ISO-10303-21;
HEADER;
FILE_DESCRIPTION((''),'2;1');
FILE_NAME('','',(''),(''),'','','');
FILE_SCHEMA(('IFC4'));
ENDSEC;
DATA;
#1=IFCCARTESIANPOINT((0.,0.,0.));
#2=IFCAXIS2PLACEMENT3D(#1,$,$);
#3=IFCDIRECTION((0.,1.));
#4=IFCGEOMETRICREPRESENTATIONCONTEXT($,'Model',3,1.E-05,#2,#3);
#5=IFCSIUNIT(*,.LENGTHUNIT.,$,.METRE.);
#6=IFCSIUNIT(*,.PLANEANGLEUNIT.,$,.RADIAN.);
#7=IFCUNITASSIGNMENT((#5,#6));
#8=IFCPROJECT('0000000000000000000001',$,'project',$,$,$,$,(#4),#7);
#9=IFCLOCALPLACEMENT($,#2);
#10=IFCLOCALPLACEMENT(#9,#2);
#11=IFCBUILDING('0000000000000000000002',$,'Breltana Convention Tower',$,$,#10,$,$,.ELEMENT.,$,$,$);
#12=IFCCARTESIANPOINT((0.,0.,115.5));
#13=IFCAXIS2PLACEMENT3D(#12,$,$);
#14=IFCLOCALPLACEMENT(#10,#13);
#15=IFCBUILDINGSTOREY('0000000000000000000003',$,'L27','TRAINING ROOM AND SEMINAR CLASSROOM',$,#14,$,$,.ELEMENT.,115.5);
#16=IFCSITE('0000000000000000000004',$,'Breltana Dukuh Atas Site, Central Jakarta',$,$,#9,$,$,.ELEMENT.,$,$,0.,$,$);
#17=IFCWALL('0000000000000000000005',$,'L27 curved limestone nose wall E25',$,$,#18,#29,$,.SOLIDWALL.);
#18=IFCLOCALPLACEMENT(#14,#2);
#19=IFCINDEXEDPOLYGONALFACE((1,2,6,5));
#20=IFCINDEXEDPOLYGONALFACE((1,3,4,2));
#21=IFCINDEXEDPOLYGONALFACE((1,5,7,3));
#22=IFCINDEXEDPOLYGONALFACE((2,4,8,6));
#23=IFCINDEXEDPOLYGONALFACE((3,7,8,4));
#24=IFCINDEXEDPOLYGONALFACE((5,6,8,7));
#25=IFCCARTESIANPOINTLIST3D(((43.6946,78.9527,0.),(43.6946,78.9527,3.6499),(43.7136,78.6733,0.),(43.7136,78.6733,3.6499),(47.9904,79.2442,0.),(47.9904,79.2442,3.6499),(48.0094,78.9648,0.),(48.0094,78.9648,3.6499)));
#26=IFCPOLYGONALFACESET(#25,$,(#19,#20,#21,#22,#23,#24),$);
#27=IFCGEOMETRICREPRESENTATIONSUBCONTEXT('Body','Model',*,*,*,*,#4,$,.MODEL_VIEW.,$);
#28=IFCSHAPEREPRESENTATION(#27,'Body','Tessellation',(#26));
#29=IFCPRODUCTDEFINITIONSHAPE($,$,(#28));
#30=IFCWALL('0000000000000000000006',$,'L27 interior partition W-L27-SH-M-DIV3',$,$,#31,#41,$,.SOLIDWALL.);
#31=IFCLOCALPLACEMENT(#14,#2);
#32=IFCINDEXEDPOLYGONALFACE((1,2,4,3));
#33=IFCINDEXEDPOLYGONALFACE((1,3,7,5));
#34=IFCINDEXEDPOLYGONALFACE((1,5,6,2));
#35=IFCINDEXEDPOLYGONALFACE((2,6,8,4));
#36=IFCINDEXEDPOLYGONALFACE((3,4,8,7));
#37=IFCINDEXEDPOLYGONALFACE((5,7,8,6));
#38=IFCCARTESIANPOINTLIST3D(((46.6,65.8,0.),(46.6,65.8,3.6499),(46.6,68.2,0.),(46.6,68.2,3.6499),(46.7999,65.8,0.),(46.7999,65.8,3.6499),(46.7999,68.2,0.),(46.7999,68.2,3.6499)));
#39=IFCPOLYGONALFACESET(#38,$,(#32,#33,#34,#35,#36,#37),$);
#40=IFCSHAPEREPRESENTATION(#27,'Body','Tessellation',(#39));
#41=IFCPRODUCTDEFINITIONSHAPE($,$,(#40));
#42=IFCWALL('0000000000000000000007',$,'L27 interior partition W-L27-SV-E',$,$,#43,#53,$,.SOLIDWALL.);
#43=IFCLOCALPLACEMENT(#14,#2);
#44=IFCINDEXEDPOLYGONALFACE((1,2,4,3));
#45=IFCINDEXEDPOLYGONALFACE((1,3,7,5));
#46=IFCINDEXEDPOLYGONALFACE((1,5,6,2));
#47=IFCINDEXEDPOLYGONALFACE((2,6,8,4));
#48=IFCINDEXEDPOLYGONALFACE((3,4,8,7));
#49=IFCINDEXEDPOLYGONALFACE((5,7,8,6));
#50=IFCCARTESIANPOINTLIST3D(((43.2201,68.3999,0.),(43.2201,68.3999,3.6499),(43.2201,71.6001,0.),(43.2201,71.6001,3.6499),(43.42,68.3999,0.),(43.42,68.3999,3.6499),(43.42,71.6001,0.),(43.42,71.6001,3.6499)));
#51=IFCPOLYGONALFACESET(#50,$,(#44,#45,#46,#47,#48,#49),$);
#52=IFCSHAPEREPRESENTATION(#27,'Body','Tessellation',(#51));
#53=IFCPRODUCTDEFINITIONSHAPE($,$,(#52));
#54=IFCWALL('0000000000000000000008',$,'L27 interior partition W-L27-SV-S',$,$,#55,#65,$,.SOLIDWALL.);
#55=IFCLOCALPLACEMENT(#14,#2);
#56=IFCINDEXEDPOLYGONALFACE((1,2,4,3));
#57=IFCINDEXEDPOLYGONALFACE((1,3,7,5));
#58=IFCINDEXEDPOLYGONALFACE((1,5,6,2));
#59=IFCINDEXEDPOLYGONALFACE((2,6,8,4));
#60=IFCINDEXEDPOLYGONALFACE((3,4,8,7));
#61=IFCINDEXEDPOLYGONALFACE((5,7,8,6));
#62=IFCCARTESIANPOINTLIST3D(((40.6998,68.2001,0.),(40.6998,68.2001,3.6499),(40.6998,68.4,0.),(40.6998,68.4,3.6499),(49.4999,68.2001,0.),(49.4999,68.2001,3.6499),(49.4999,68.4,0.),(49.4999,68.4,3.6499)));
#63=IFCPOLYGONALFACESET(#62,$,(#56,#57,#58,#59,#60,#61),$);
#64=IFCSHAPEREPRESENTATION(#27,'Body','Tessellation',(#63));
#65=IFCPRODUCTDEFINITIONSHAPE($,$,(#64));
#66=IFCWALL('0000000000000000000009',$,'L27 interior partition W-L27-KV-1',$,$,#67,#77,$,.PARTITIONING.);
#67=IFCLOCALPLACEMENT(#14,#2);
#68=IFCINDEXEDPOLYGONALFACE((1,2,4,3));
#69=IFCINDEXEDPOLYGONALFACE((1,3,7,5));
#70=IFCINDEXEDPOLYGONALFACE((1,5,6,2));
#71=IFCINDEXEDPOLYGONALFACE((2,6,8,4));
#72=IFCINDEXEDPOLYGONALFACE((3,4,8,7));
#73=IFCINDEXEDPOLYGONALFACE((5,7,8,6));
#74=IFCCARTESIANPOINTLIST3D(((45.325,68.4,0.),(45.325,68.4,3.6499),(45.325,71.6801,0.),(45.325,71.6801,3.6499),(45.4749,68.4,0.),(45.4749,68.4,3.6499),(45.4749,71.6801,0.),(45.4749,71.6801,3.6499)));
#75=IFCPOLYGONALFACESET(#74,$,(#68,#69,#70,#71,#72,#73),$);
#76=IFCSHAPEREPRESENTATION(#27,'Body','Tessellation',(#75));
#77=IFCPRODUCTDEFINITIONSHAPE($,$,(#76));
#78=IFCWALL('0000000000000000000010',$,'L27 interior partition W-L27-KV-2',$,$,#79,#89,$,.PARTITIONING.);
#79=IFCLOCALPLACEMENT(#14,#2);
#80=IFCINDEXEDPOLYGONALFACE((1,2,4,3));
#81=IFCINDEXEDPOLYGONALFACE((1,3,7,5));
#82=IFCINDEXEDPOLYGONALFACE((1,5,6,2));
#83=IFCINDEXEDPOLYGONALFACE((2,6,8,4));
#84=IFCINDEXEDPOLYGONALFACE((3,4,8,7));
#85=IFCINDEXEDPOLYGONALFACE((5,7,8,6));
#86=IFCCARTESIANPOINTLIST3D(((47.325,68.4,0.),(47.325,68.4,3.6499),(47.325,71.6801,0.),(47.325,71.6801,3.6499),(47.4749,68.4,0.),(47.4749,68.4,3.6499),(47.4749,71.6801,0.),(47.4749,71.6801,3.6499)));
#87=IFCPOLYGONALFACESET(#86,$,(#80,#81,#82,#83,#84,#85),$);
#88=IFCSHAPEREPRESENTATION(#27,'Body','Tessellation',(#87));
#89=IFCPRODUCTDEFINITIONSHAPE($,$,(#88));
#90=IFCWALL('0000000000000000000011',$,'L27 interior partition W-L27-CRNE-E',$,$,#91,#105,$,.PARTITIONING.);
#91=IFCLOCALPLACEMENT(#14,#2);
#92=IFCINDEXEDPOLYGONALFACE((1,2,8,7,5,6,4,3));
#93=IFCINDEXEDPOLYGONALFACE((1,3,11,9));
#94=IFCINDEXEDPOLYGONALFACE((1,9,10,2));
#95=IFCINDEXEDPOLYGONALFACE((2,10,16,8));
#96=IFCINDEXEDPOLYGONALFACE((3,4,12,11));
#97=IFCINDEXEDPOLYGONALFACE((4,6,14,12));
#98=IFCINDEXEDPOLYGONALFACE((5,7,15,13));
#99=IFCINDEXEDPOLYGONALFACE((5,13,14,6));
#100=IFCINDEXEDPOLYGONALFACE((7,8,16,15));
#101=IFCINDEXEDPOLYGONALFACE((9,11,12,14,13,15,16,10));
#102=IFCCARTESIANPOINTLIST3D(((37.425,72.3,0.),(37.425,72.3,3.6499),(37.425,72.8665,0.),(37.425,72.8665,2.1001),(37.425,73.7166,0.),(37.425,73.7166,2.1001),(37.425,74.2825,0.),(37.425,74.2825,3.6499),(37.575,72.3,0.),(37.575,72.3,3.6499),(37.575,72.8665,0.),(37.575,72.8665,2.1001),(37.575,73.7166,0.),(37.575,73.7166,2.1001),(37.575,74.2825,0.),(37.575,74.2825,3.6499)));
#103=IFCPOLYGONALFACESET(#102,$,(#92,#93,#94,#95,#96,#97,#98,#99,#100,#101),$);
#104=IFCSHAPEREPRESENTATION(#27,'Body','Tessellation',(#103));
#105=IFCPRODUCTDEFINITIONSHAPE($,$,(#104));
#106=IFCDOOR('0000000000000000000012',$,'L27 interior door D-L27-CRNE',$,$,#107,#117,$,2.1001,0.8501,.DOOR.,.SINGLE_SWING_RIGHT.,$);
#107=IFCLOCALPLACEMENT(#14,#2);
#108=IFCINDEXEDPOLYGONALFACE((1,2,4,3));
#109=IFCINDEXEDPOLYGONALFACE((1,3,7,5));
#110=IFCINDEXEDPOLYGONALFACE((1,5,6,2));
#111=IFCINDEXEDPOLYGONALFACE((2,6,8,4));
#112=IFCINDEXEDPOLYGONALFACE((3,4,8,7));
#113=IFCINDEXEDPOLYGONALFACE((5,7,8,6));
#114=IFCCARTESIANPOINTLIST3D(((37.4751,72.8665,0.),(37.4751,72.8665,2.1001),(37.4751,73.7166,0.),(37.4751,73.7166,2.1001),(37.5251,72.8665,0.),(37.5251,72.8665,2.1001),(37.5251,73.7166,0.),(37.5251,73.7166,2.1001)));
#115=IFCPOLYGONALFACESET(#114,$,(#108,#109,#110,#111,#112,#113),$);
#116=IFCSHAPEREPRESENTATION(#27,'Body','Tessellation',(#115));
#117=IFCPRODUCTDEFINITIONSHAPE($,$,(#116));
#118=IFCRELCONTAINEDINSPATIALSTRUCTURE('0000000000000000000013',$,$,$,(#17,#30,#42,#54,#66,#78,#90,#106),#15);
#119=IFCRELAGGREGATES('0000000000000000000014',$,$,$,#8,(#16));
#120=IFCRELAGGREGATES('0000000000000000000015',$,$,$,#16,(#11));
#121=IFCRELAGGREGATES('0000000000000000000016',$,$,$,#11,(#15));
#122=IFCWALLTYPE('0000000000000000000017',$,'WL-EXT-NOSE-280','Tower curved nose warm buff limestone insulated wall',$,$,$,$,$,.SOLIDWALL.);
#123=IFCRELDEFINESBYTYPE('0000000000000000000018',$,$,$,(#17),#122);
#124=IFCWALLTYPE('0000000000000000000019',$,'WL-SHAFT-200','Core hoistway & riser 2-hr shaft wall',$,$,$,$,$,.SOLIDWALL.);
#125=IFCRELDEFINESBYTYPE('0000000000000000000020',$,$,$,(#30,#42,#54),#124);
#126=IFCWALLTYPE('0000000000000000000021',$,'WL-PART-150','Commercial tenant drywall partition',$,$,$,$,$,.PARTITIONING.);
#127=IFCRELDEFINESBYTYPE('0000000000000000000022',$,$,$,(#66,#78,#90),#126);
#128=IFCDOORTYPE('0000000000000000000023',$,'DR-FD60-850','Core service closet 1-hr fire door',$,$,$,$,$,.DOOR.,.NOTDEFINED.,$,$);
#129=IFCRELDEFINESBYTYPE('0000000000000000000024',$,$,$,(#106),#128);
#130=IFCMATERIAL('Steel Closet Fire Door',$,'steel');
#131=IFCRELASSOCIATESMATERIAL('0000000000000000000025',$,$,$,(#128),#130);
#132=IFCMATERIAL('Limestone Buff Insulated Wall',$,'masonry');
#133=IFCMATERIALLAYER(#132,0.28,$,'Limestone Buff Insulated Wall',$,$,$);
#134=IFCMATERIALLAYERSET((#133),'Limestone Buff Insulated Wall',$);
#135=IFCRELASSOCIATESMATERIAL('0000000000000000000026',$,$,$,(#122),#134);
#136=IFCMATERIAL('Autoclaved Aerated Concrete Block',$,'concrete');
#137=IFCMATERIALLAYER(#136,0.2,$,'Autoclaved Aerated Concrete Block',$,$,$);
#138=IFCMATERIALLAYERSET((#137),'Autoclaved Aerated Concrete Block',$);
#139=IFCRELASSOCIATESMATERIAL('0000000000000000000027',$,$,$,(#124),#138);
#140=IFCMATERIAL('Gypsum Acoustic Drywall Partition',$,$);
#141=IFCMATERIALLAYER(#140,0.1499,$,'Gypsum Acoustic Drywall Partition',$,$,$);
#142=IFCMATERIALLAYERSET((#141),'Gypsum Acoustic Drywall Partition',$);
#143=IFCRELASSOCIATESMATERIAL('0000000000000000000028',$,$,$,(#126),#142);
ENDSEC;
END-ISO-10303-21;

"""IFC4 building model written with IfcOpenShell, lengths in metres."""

from ifc_helpers import new_model, si_unit, direction, frame, frame_2d, origin, place, context, subcontext, project, spatial, rectangle, extrude, source, transform, mapped, material, layer, layer_set, type_object, type_shapes, element, fill, save


model = new_model("IFC4")

# Units and contexts
model_context = context("Model", 3, precision=1e-05, world=origin(), true_north=direction((0.0, 1.0)))
body_context = subcontext(model_context, "Body", "Model", "MODEL_VIEW")
ifc_project = project(units=[si_unit("LENGTHUNIT", "METRE"), si_unit("PLANEANGLEUNIT", "RADIAN")], contexts=[model_context])

# Site, building, storey
site_placement = place(None, origin())
site = spatial("IfcSite", under=ifc_project, at=site_placement, Name="Breltana Dukuh Atas Site, Central Jakarta", CompositionType="ELEMENT", RefElevation=0.0)
building_placement = place(site_placement, origin())
building = spatial("IfcBuilding", under=site, at=building_placement, Name="Breltana Convention Tower", CompositionType="ELEMENT")
storey_placement = place(building_placement, frame((0.0, 0.0, 115.5)))
storey = spatial("IfcBuildingStorey", under=building, at=storey_placement, Name="L27", Description="TRAINING ROOM AND SEMINAR CLASSROOM", CompositionType="ELEMENT", Elevation=115.5)

# Shared definitions
ifc_material_1 = material(Name="Steel Closet Fire Door", Category="steel")
door_type_1 = type_object("IfcDoorType", Name="DR-FD60-850", Description="Core service closet 1-hr fire door", OperationType="NOTDEFINED", PredefinedType="DOOR", material=ifc_material_1)
shared_shape_1 = source(origin(), body_context, "Body", "SweptSolid", [
    extrude(rectangle(XDim=0.8501, YDim=2.1001, at=frame_2d((0.425, 1.05))), frame((0.0, 0.0249, 0.0), z_axis=(0.0, -1.0, 0.0), x_axis=(1.0, 0.0, 0.0)), (0.0, 0.0, 1.0), 0.05),
])
type_shapes(door_type_1, [shared_shape_1])

# Walls
ifc_material_2 = material(Name="Limestone Buff Insulated Wall", Category="masonry")
ifc_layer_1 = layer(ifc_material_2, 0.28, Name="Limestone Buff Insulated Wall")
ifc_layer_set_1 = layer_set([ifc_layer_1], Name="Limestone Buff Insulated Wall")
wall_type_1 = type_object("IfcWallType", Name="WL-EXT-NOSE-280", Description="Tower curved nose warm buff limestone insulated wall", PredefinedType="SOLIDWALL", material=ifc_layer_set_1)
shared_shape_2 = source(origin(), body_context, "Body", "SweptSolid", [
    extrude(rectangle(XDim=4.3057, YDim=0.28, at=frame_2d((2.1528, 0.0))), origin(), (0.0, 0.0, 1.0), 3.6499),
])
wall_1_placement = place(storey_placement, frame((43.7041, 78.813, 0.0), z_axis=(0.0, 0.0, 1.0), x_axis=(0.997706, 0.067701, 0.0)))
element("IfcWall", 1, at=wall_1_placement, inside=storey, type_object=wall_type_1, Name="L27 curved limestone nose wall E25", PredefinedType="SOLIDWALL", context=body_context, shape_type="MappedRepresentation", body=[
    mapped(shared_shape_2, transform((0.0, 0.0, 0.0), scale=1.0)),
])
ifc_material_3 = material(Name="Autoclaved Aerated Concrete Block", Category="concrete")
ifc_layer_2 = layer(ifc_material_3, 0.2, Name="Autoclaved Aerated Concrete Block")
ifc_layer_set_2 = layer_set([ifc_layer_2], Name="Autoclaved Aerated Concrete Block")
wall_type_2 = type_object("IfcWallType", Name="WL-SHAFT-200", Description="Core hoistway & riser 2-hr shaft wall", PredefinedType="SOLIDWALL", material=ifc_layer_set_2)
shared_shape_3 = source(origin(), body_context, "Body", "SweptSolid", [
    extrude(rectangle(XDim=2.3999, YDim=0.2, at=frame_2d((1.2, 0.0))), origin(), (0.0, 0.0, 1.0), 3.6499),
])
wall_2_placement = place(storey_placement, frame((46.7, 65.8, 0.0), z_axis=(0.0, 0.0, 1.0), x_axis=(0.0, 1.0, 0.0)))
element("IfcWall", 2, at=wall_2_placement, inside=storey, type_object=wall_type_2, Name="L27 interior partition W-L27-SH-M-DIV3", PredefinedType="SOLIDWALL", context=body_context, shape_type="MappedRepresentation", body=[
    mapped(shared_shape_3, transform((0.0, 0.0, 0.0), scale=1.0)),
])
shared_shape_4 = source(origin(), body_context, "Body", "SweptSolid", [
    extrude(rectangle(XDim=3.2002, YDim=0.2, at=frame_2d((1.6001, 0.0))), origin(), (0.0, 0.0, 1.0), 3.6499),
])
wall_3_placement = place(storey_placement, frame((43.3201, 68.3999, 0.0), z_axis=(0.0, 0.0, 1.0), x_axis=(0.0, 1.0, 0.0)))
element("IfcWall", 3, at=wall_3_placement, inside=storey, type_object=wall_type_2, Name="L27 interior partition W-L27-SV-E", PredefinedType="SOLIDWALL", context=body_context, shape_type="MappedRepresentation", body=[
    mapped(shared_shape_4, transform((0.0, 0.0, 0.0), scale=1.0)),
])
shared_shape_5 = source(origin(), body_context, "Body", "SweptSolid", [
    extrude(rectangle(XDim=8.8, YDim=0.2, at=frame_2d((4.3999, 0.0))), origin(), (0.0, 0.0, 1.0), 3.6499),
])
wall_4_placement = place(storey_placement, frame((40.7, 68.3, 0.0), z_axis=(0.0, 0.0, 1.0), x_axis=(1.0, 0.0, 0.0)))
element("IfcWall", 4, at=wall_4_placement, inside=storey, type_object=wall_type_2, Name="L27 interior partition W-L27-SV-S", PredefinedType="SOLIDWALL", context=body_context, shape_type="MappedRepresentation", body=[
    mapped(shared_shape_5, transform((0.0, 0.0, 0.0), scale=1.0)),
])
ifc_material_4 = material(Name="Gypsum Acoustic Drywall Partition")
ifc_layer_3 = layer(ifc_material_4, 0.1499, Name="Gypsum Acoustic Drywall Partition")
ifc_layer_set_3 = layer_set([ifc_layer_3], Name="Gypsum Acoustic Drywall Partition")
wall_type_3 = type_object("IfcWallType", Name="WL-PART-150", Description="Commercial tenant drywall partition", PredefinedType="PARTITIONING", material=ifc_layer_set_3)
shared_shape_6 = source(origin(), body_context, "Body", "SweptSolid", [
    extrude(rectangle(XDim=3.28, YDim=0.1499, at=frame_2d((1.6401, 0.0))), origin(), (0.0, 0.0, 1.0), 3.6499),
])
for number, where, z_axis, x_axis, name in (
    (5, (45.3999, 68.3999, 0.0), (0.0, 0.0, 1.0), (0.0, 1.0, 0.0), "L27 interior partition W-L27-KV-1"),
    (6, (47.3999, 68.3999, 0.0), (0.0, 0.0, 1.0), (0.0, 1.0, 0.0), "L27 interior partition W-L27-KV-2"),
):
    element("IfcWall", number, at=place(storey_placement, frame(where, z_axis=z_axis, x_axis=x_axis)), inside=storey, type_object=wall_type_3, Name=name, PredefinedType="PARTITIONING", context=body_context, shape_type="MappedRepresentation", body=[
        mapped(shared_shape_6, transform((0.0, 0.0, 0.0), scale=1.0)),
    ])

# Wall, opening, door
shared_shape_7 = source(origin(), body_context, "Body", "SweptSolid", [
    extrude(rectangle(XDim=1.9824, YDim=0.1499, at=frame_2d((0.9912, 0.0))), origin(), (0.0, 0.0, 1.0), 3.6499),
])
wall_5_placement = place(storey_placement, frame((37.5, 72.3, 0.0), z_axis=(0.0, 0.0, 1.0), x_axis=(0.0, 1.0, 0.0)))
wall_5 = element("IfcWall", 7, at=wall_5_placement, inside=storey, type_object=wall_type_3, Name="L27 interior partition W-L27-CRNE-E", PredefinedType="PARTITIONING", context=body_context, shape_type="MappedRepresentation", body=[
    mapped(shared_shape_7, transform((0.0, 0.0, 0.0), scale=1.0)),
])
opening_1_placement = place(wall_5_placement, frame((0.5664, 0.0, 0.0)))
opening_1 = element("IfcOpeningElement", 8, at=opening_1_placement, cuts=wall_5, PredefinedType="OPENING", context=body_context, shape_type="SweptSolid", body=[
    extrude(rectangle(XDim=0.8501, YDim=2.1001, at=frame_2d((0.425, 1.05))), frame((0.0, 0.085, 0.0), z_axis=(0.0, -1.0, 0.0), x_axis=(1.0, 0.0, 0.0)), (0.0, 0.0, 1.0), 0.1699),
])
door_1_placement = place(opening_1_placement, origin())
door_1 = element("IfcDoor", 9, at=door_1_placement, inside=storey, type_object=door_type_1, Name="L27 interior door D-L27-CRNE", OperationType="SINGLE_SWING_RIGHT", OverallHeight=2.1001, OverallWidth=0.8501, PredefinedType="DOOR", context=body_context, shape_type="MappedRepresentation", body=[
    mapped(shared_shape_1, transform((0.0, 0.0, 0.0), scale=1.0)),
])
fill(opening_1, door_1)

save(model, "model.ifc")
